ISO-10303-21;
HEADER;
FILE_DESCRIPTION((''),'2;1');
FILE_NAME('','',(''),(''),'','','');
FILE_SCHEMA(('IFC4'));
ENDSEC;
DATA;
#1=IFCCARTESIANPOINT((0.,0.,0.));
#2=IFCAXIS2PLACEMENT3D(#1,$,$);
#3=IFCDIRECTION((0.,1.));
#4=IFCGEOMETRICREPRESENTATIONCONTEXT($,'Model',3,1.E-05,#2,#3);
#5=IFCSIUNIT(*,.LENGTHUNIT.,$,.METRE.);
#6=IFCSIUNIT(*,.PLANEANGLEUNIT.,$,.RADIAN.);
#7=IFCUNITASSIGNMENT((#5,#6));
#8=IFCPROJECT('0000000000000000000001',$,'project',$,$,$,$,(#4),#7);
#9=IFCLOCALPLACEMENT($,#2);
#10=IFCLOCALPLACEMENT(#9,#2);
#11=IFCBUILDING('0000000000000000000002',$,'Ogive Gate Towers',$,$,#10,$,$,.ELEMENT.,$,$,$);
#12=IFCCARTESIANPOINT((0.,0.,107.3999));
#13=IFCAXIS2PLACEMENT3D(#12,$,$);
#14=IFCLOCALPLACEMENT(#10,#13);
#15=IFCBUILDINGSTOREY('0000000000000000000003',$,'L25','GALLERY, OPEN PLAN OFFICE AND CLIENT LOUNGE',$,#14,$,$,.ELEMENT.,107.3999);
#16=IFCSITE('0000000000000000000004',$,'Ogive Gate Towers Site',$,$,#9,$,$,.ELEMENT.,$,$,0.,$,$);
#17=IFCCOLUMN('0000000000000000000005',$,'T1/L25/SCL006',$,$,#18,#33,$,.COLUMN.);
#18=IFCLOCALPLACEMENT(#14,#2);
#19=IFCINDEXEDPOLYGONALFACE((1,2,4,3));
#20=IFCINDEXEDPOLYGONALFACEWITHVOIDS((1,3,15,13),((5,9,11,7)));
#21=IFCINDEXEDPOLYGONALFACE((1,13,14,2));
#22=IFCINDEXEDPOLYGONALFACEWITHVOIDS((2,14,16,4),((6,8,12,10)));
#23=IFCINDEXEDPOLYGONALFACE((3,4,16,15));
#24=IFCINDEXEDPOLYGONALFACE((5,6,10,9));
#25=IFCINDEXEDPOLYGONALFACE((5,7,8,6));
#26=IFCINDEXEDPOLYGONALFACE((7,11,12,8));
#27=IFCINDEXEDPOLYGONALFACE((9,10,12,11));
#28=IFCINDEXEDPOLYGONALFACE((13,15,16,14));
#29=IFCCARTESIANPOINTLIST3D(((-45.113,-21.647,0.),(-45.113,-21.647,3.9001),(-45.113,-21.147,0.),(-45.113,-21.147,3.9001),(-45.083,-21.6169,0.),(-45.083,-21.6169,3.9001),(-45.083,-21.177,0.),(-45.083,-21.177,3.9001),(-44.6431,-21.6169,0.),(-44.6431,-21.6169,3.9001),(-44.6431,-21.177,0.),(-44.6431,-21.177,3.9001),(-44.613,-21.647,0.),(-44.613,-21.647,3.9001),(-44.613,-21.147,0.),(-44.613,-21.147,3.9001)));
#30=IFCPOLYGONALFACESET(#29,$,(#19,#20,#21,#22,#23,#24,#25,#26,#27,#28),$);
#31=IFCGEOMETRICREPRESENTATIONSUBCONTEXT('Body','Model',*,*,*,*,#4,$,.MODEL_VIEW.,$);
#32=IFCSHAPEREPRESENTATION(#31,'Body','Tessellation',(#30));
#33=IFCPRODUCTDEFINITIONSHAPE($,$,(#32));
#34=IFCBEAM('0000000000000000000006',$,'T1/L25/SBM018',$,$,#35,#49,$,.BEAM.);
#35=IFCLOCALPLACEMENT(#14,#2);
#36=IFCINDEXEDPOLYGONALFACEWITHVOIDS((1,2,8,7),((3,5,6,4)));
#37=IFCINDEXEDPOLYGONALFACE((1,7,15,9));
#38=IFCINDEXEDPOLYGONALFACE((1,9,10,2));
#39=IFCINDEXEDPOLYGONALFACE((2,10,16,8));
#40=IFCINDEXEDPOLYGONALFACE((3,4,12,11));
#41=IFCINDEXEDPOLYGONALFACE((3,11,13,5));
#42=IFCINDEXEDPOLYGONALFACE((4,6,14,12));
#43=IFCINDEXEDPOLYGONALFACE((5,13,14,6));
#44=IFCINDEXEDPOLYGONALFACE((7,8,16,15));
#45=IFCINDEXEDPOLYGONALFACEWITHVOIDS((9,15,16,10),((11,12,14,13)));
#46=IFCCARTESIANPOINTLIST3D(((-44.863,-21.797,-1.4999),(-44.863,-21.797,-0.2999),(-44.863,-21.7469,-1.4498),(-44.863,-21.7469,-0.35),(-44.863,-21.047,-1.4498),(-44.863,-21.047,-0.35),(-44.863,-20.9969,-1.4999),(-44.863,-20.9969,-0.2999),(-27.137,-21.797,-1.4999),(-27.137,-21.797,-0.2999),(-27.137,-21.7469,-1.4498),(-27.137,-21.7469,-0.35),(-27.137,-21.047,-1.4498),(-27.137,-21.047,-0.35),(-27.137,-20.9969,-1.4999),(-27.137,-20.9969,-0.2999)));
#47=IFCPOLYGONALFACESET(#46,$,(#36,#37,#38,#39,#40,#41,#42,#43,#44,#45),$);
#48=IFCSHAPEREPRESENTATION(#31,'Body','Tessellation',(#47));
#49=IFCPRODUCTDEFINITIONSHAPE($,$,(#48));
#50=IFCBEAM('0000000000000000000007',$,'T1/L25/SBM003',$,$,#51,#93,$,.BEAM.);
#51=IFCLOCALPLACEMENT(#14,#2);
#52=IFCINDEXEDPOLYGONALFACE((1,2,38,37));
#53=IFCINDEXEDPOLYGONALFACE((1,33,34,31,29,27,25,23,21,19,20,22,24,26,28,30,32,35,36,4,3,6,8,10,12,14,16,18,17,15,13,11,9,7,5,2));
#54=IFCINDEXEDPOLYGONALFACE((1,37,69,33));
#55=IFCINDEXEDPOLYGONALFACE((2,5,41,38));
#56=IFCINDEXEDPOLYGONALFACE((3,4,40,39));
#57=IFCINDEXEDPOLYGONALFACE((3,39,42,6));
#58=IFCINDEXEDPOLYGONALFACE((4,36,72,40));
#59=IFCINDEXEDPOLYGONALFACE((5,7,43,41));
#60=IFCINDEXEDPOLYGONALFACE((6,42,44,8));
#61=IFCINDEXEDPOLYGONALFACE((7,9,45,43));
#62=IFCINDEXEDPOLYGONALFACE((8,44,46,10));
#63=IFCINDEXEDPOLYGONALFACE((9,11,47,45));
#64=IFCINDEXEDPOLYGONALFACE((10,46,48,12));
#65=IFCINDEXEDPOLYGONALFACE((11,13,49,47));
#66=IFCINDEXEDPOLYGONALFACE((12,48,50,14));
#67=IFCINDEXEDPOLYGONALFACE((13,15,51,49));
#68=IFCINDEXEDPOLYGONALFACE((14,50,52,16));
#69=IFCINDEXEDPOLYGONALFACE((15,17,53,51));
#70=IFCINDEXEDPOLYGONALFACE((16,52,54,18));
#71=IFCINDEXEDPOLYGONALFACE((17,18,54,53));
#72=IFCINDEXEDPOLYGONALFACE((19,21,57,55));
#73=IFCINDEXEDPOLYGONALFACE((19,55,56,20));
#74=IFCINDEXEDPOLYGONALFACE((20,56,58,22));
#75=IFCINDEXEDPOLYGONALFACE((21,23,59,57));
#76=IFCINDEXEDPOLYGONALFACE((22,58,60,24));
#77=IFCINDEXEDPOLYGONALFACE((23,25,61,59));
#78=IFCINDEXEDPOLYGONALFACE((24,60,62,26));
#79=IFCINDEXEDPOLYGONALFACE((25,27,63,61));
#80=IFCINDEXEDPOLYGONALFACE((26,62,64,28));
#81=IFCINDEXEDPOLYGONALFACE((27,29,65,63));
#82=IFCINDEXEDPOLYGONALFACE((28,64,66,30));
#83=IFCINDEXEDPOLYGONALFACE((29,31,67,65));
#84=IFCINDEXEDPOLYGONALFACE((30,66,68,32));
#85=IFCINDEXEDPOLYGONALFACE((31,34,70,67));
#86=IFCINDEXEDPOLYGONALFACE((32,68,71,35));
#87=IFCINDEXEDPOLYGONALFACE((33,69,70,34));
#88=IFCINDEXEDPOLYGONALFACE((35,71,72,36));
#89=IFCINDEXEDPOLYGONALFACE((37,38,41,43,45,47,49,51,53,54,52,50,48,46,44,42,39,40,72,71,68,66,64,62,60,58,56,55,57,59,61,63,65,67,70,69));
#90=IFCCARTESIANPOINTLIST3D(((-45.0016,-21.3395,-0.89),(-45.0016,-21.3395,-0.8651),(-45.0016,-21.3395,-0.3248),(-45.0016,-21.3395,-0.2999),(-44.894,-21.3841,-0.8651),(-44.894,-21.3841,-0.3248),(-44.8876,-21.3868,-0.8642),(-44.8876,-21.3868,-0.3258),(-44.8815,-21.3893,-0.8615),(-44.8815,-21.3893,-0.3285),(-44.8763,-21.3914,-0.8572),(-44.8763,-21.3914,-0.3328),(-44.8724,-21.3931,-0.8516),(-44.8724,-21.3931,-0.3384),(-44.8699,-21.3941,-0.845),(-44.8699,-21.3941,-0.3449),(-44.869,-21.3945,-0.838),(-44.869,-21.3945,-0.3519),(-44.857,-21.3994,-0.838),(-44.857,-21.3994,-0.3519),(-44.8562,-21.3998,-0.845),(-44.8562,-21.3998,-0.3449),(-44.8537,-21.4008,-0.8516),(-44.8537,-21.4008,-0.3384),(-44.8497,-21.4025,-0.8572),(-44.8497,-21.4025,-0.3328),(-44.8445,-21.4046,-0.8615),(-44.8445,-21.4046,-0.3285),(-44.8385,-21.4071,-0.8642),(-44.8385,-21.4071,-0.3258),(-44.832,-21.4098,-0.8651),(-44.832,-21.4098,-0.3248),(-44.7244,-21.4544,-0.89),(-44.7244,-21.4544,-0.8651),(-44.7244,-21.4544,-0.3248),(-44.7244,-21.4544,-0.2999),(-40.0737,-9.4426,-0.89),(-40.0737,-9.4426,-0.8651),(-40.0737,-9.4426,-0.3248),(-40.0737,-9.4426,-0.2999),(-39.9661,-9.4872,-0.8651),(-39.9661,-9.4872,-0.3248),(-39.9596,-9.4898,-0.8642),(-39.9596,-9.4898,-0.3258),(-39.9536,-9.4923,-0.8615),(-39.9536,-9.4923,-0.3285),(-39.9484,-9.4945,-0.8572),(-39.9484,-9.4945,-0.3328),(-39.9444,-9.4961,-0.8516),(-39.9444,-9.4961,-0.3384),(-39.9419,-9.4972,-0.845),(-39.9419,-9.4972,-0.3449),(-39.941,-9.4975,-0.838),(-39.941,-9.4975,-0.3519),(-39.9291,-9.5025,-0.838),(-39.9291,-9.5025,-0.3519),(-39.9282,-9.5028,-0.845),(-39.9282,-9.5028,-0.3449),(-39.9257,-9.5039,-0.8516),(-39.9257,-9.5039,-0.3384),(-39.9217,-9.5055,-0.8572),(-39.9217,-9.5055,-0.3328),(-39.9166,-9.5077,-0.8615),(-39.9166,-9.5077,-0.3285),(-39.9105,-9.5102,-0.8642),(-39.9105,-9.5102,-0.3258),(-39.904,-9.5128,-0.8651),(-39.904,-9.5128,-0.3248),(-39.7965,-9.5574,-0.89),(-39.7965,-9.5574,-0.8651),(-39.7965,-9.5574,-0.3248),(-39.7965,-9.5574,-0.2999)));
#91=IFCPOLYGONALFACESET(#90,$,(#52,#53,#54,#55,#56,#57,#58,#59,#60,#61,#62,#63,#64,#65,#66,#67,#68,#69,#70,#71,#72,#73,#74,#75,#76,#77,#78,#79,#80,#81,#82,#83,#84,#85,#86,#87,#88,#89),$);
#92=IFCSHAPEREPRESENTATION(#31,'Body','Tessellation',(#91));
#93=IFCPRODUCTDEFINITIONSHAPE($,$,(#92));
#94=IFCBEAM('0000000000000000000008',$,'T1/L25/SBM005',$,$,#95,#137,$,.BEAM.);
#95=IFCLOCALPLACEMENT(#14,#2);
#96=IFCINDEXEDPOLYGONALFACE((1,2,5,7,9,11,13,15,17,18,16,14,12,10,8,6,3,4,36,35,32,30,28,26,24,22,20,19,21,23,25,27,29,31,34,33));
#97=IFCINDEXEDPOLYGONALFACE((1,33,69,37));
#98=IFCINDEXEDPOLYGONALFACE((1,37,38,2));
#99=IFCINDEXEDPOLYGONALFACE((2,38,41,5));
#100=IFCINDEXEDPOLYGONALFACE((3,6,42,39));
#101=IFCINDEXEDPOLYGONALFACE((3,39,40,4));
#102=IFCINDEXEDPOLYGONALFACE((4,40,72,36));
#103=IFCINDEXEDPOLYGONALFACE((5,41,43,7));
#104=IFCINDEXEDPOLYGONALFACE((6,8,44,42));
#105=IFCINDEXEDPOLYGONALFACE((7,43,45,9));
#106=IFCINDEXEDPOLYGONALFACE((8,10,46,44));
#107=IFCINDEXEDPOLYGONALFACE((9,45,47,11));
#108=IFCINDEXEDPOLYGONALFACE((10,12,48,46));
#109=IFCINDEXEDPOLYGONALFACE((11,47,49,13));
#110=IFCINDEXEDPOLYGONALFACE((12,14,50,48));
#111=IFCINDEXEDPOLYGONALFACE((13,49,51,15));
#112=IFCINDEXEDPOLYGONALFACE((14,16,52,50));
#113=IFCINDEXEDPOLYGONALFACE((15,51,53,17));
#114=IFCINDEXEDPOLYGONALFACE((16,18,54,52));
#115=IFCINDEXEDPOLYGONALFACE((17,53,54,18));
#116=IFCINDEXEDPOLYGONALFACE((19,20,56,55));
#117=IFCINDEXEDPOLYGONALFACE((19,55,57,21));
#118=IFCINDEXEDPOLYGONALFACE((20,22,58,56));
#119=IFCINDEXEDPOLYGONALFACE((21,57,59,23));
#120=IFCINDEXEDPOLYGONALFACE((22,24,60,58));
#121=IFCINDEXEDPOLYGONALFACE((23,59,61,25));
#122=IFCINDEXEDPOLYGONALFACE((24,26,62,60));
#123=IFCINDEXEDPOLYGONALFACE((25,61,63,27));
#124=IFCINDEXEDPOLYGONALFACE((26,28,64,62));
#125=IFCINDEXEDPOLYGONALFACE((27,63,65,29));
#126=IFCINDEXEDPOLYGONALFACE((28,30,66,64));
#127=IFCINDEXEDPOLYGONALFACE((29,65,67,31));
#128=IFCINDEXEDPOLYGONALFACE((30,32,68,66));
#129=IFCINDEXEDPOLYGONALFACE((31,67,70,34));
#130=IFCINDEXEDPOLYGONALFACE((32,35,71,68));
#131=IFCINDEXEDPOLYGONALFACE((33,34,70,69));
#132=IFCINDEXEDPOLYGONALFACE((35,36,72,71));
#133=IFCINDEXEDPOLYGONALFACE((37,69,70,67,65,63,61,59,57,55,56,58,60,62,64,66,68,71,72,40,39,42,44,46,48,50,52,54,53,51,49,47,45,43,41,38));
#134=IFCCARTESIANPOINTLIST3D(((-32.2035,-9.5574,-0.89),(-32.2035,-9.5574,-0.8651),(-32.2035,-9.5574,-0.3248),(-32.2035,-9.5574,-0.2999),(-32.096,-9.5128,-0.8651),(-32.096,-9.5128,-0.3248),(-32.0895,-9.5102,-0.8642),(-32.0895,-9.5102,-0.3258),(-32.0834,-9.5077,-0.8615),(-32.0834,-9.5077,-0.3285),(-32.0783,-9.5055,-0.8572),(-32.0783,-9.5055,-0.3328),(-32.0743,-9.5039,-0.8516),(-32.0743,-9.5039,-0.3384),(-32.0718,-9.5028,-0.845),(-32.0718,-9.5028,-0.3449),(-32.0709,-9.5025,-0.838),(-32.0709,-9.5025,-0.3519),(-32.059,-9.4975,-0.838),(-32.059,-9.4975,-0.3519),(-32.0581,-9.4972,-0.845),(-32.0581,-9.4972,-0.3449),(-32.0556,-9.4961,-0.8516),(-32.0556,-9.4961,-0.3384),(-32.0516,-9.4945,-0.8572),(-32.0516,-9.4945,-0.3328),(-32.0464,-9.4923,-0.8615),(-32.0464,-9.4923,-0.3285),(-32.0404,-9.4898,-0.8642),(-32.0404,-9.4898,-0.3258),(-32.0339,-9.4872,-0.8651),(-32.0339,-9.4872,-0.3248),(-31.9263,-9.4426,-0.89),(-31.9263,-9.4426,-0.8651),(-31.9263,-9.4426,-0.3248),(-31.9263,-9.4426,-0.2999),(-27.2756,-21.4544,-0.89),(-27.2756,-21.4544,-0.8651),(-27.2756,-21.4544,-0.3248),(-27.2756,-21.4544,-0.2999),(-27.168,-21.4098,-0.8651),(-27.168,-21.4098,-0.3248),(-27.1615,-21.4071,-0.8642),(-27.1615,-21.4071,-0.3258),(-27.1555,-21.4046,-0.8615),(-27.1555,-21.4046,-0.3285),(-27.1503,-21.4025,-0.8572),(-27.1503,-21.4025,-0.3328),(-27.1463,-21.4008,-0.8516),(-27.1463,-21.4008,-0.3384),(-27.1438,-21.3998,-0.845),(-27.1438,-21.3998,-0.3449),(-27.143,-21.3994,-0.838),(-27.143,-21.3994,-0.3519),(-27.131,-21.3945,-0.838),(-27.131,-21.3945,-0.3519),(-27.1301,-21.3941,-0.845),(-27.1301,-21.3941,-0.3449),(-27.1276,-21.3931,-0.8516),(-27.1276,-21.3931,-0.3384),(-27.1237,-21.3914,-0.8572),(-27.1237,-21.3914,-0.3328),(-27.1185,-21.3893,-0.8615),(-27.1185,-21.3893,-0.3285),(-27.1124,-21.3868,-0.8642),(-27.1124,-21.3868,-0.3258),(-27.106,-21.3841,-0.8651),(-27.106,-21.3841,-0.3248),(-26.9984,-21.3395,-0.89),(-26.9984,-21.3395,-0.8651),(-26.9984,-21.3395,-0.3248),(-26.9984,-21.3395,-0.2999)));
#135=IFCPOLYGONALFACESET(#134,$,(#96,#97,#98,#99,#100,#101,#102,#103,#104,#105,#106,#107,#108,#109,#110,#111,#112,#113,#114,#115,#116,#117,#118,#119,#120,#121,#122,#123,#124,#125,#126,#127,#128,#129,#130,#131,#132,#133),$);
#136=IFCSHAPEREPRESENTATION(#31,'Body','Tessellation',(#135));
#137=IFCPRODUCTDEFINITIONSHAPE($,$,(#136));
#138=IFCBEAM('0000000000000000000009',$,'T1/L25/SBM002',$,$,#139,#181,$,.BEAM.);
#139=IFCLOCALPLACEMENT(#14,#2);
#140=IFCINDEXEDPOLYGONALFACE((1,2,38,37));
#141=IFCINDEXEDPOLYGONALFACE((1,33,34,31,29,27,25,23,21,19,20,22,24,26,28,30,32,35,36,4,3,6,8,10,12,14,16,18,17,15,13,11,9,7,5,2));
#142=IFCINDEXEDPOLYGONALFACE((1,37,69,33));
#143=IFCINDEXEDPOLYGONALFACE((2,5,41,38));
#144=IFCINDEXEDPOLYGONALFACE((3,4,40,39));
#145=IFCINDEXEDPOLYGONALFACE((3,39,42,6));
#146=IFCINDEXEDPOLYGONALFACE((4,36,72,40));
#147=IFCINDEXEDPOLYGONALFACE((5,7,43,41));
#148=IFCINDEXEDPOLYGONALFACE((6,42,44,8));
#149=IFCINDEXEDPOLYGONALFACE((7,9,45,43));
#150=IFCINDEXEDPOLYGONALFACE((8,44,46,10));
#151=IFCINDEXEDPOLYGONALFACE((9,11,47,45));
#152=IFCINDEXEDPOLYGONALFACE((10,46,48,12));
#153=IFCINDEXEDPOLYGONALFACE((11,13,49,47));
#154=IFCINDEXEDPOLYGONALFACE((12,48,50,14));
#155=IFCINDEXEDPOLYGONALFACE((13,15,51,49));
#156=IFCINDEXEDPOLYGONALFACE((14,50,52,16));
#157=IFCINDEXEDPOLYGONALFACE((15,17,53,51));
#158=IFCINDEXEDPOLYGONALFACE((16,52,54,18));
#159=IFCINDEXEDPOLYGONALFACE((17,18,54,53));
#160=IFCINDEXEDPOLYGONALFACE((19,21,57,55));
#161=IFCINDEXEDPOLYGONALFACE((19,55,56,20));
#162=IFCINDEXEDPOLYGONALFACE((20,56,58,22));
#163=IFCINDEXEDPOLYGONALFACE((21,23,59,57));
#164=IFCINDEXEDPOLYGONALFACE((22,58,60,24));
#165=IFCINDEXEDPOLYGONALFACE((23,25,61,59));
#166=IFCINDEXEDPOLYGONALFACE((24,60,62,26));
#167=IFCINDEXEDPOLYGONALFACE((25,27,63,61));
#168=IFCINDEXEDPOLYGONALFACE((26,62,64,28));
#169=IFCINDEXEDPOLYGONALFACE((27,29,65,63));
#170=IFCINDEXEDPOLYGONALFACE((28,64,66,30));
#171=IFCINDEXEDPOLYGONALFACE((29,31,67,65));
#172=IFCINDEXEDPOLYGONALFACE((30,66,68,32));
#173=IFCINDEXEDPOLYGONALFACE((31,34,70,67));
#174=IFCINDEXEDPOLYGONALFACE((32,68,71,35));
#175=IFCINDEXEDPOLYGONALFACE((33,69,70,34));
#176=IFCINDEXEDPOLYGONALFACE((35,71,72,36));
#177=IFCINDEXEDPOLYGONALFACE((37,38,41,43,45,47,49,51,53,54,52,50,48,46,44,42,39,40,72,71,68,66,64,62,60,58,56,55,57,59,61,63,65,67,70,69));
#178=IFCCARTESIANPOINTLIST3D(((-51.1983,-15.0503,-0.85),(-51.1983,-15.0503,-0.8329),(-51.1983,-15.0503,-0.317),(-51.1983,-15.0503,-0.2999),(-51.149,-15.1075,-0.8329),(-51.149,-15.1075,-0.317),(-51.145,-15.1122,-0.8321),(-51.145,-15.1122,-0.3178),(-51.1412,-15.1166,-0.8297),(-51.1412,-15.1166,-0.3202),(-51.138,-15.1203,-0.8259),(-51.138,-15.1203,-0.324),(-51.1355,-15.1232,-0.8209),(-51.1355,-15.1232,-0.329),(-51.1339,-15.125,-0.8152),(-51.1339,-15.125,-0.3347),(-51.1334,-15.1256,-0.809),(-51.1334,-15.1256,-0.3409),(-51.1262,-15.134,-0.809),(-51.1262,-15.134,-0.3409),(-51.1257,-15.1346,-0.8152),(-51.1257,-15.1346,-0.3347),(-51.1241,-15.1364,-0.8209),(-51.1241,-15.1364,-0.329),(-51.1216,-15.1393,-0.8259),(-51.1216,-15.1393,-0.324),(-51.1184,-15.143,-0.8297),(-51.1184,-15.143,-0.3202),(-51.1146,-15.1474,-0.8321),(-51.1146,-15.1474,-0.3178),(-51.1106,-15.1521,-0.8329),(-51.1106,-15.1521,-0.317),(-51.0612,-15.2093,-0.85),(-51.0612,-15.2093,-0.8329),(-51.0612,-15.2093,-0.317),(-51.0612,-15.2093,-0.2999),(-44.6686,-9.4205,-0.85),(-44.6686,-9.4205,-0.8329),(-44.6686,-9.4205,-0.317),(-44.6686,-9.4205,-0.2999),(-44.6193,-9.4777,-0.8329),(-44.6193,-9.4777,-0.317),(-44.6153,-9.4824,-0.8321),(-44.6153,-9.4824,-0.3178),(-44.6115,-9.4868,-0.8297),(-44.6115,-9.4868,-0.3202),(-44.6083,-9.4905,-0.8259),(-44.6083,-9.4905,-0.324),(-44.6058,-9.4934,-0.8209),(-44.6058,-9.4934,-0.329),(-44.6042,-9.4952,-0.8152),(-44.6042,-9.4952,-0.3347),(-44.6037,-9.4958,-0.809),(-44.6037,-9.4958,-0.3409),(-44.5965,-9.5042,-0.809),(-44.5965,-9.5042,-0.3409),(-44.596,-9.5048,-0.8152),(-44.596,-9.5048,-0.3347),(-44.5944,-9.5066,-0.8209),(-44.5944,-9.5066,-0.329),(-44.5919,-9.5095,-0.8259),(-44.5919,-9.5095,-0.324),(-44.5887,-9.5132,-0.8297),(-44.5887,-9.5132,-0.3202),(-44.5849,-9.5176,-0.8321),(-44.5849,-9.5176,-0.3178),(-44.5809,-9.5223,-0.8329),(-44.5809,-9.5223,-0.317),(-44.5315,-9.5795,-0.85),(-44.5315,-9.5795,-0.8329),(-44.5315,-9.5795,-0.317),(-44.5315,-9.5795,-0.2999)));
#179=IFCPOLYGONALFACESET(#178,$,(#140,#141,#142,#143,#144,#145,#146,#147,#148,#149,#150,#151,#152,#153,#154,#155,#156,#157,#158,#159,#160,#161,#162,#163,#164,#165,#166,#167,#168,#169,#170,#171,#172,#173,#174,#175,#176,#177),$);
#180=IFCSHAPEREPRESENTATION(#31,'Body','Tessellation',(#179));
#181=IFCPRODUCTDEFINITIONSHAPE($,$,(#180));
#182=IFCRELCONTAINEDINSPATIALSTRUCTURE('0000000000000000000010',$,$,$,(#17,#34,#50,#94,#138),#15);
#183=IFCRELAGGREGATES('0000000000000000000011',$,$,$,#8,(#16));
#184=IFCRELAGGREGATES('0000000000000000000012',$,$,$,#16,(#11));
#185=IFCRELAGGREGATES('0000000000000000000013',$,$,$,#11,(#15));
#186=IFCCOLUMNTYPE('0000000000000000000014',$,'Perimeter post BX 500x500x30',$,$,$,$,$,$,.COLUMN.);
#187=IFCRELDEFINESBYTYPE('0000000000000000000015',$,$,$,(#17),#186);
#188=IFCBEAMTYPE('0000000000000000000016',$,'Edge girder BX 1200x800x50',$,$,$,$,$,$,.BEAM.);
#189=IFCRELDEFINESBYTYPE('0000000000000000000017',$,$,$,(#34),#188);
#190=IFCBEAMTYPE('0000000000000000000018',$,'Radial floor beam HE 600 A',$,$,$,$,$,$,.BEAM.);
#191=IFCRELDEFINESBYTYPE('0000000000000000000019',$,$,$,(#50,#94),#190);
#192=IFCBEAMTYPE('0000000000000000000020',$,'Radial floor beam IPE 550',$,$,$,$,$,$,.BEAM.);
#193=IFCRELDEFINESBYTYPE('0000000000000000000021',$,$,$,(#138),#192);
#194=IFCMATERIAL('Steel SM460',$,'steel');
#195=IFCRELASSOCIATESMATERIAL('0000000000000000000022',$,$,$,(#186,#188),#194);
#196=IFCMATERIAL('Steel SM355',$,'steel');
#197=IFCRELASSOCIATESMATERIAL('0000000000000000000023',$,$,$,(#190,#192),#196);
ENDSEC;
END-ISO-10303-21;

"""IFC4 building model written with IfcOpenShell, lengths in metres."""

from ifc_helpers import new_model, si_unit, direction, frame, origin, origin_2d, place, context, subcontext, project, spatial, hollow_rectangle, i_section, extrude, material, material_profile, profile_set, type_object, element, save


model = new_model("IFC4")

# Units and contexts
model_context = context("Model", 3, precision=1e-05, world=origin(), true_north=direction((0.0, 1.0)))
body_context = subcontext(model_context, "Body", "Model", "MODEL_VIEW")
ifc_project = project(units=[si_unit("LENGTHUNIT", "METRE"), si_unit("PLANEANGLEUNIT", "RADIAN")], contexts=[model_context])

# Site, building, storey
site_placement = place(None, origin())
site = spatial("IfcSite", under=ifc_project, at=site_placement, Name="Ogive Gate Towers Site", CompositionType="ELEMENT", RefElevation=0.0)
building_placement = place(site_placement, origin())
building = spatial("IfcBuilding", under=site, at=building_placement, Name="Ogive Gate Towers", CompositionType="ELEMENT")
storey_placement = place(building_placement, frame((0.0, 0.0, 107.3999)))
storey = spatial("IfcBuildingStorey", under=building, at=storey_placement, Name="L25", Description="GALLERY, OPEN PLAN OFFICE AND CLIENT LOUNGE", CompositionType="ELEMENT", Elevation=107.3999)

# Column
ifc_material_1 = material(Name="Steel SM460", Category="steel")
ifc_material_profile_1 = material_profile(ifc_material_1, hollow_rectangle(XDim=0.5, YDim=0.5, WallThickness=0.03, at=origin_2d()), Name="BX 500x500x30")
ifc_profile_set_1 = profile_set([ifc_material_profile_1], Name="Steel SM460")
column_type = type_object("IfcColumnType", Name="Perimeter post BX 500x500x30", PredefinedType="COLUMN", material=ifc_profile_set_1)
column_placement = place(storey_placement, frame((-44.863, -21.397, 0.0), z_axis=(0.0, 0.0, 1.0), x_axis=(1.0, 0.0, 0.0)))
element("IfcColumn", 1, at=column_placement, inside=storey, type_object=column_type, Name="T1/L25/SCL006", PredefinedType="COLUMN", context=body_context, shape_type="SweptSolid", body=[
    extrude(hollow_rectangle(XDim=0.5, YDim=0.5, WallThickness=0.03, at=origin_2d()), origin(), (0.0, 0.0, 1.0), 3.9001),
])

# Beams
ifc_material_profile_2 = material_profile(ifc_material_1, hollow_rectangle(XDim=0.8, YDim=1.2, WallThickness=0.05, at=origin_2d()), Name="BX 1200x800x50")
ifc_profile_set_2 = profile_set([ifc_material_profile_2], Name="Steel SM460")
beam_type_1 = type_object("IfcBeamType", Name="Edge girder BX 1200x800x50", PredefinedType="BEAM", material=ifc_profile_set_2)
beam_1_placement = place(storey_placement, frame((-44.863, -21.397, -0.8999), z_axis=(1.0, 0.0, 0.0), x_axis=(0.0, 1.0, 0.0)))
element("IfcBeam", 2, at=beam_1_placement, inside=storey, type_object=beam_type_1, Name="T1/L25/SBM018", PredefinedType="BEAM", context=body_context, shape_type="SweptSolid", body=[
    extrude(hollow_rectangle(XDim=0.8, YDim=1.2, WallThickness=0.05, at=origin_2d()), origin(), (0.0, 0.0, 1.0), 17.7261),
])
ifc_material_2 = material(Name="Steel SM355", Category="steel")
ifc_material_profile_3 = material_profile(ifc_material_2, i_section(OverallWidth=0.3, OverallDepth=0.5901, WebThickness=0.0129, FlangeThickness=0.0249, FilletRadius=0.0271, at=origin_2d()), Name="HE 600 A")
ifc_profile_set_3 = profile_set([ifc_material_profile_3], Name="Steel SM355")
beam_type_2 = type_object("IfcBeamType", Name="Radial floor beam HE 600 A", PredefinedType="BEAM", material=ifc_profile_set_3)
for number, where, z_axis, x_axis, name in (
    (3, (-39.9351, -9.5, -0.595), (-0.382689, -0.923877, 0.0), (0.923877, -0.382689, 0.0), "T1/L25/SBM003"),
    (4, (-32.0649, -9.5, -0.595), (0.382689, -0.923877, 0.0), (0.923877, 0.382689, 0.0), "T1/L25/SBM005"),
):
    element("IfcBeam", number, at=place(storey_placement, frame(where, z_axis=z_axis, x_axis=x_axis)), inside=storey, type_object=beam_type_2, Name=name, PredefinedType="BEAM", context=body_context, shape_type="SweptSolid", body=[
        extrude(i_section(OverallWidth=0.3, OverallDepth=0.5901, WebThickness=0.0129, FlangeThickness=0.0249, FilletRadius=0.0271, at=origin_2d()), origin(), (0.0, 0.0, 1.0), 12.8772),
    ])
ifc_material_profile_4 = material_profile(ifc_material_2, i_section(OverallWidth=0.21, OverallDepth=0.55, WebThickness=0.011, FlangeThickness=0.0171, FilletRadius=0.0239, at=origin_2d()), Name="IPE 550")
ifc_profile_set_4 = profile_set([ifc_material_profile_4], Name="Steel SM355")
beam_type_3 = type_object("IfcBeamType", Name="Radial floor beam IPE 550", PredefinedType="BEAM", material=ifc_profile_set_4)
beam_2_placement = place(storey_placement, frame((-44.6001, -9.5, -0.575), z_axis=(-0.757366, -0.65299, 0.0), x_axis=(0.65299, -0.757366, 0.0)))
element("IfcBeam", 5, at=beam_2_placement, inside=storey, type_object=beam_type_3, Name="T1/L25/SBM002", PredefinedType="BEAM", context=body_context, shape_type="SweptSolid", body=[
    extrude(i_section(OverallWidth=0.21, OverallDepth=0.55, WebThickness=0.011, FlangeThickness=0.0171, FilletRadius=0.0239, at=origin_2d()), origin(), (0.0, 0.0, 1.0), 8.6216),
])

save(model, "model.ifc")
